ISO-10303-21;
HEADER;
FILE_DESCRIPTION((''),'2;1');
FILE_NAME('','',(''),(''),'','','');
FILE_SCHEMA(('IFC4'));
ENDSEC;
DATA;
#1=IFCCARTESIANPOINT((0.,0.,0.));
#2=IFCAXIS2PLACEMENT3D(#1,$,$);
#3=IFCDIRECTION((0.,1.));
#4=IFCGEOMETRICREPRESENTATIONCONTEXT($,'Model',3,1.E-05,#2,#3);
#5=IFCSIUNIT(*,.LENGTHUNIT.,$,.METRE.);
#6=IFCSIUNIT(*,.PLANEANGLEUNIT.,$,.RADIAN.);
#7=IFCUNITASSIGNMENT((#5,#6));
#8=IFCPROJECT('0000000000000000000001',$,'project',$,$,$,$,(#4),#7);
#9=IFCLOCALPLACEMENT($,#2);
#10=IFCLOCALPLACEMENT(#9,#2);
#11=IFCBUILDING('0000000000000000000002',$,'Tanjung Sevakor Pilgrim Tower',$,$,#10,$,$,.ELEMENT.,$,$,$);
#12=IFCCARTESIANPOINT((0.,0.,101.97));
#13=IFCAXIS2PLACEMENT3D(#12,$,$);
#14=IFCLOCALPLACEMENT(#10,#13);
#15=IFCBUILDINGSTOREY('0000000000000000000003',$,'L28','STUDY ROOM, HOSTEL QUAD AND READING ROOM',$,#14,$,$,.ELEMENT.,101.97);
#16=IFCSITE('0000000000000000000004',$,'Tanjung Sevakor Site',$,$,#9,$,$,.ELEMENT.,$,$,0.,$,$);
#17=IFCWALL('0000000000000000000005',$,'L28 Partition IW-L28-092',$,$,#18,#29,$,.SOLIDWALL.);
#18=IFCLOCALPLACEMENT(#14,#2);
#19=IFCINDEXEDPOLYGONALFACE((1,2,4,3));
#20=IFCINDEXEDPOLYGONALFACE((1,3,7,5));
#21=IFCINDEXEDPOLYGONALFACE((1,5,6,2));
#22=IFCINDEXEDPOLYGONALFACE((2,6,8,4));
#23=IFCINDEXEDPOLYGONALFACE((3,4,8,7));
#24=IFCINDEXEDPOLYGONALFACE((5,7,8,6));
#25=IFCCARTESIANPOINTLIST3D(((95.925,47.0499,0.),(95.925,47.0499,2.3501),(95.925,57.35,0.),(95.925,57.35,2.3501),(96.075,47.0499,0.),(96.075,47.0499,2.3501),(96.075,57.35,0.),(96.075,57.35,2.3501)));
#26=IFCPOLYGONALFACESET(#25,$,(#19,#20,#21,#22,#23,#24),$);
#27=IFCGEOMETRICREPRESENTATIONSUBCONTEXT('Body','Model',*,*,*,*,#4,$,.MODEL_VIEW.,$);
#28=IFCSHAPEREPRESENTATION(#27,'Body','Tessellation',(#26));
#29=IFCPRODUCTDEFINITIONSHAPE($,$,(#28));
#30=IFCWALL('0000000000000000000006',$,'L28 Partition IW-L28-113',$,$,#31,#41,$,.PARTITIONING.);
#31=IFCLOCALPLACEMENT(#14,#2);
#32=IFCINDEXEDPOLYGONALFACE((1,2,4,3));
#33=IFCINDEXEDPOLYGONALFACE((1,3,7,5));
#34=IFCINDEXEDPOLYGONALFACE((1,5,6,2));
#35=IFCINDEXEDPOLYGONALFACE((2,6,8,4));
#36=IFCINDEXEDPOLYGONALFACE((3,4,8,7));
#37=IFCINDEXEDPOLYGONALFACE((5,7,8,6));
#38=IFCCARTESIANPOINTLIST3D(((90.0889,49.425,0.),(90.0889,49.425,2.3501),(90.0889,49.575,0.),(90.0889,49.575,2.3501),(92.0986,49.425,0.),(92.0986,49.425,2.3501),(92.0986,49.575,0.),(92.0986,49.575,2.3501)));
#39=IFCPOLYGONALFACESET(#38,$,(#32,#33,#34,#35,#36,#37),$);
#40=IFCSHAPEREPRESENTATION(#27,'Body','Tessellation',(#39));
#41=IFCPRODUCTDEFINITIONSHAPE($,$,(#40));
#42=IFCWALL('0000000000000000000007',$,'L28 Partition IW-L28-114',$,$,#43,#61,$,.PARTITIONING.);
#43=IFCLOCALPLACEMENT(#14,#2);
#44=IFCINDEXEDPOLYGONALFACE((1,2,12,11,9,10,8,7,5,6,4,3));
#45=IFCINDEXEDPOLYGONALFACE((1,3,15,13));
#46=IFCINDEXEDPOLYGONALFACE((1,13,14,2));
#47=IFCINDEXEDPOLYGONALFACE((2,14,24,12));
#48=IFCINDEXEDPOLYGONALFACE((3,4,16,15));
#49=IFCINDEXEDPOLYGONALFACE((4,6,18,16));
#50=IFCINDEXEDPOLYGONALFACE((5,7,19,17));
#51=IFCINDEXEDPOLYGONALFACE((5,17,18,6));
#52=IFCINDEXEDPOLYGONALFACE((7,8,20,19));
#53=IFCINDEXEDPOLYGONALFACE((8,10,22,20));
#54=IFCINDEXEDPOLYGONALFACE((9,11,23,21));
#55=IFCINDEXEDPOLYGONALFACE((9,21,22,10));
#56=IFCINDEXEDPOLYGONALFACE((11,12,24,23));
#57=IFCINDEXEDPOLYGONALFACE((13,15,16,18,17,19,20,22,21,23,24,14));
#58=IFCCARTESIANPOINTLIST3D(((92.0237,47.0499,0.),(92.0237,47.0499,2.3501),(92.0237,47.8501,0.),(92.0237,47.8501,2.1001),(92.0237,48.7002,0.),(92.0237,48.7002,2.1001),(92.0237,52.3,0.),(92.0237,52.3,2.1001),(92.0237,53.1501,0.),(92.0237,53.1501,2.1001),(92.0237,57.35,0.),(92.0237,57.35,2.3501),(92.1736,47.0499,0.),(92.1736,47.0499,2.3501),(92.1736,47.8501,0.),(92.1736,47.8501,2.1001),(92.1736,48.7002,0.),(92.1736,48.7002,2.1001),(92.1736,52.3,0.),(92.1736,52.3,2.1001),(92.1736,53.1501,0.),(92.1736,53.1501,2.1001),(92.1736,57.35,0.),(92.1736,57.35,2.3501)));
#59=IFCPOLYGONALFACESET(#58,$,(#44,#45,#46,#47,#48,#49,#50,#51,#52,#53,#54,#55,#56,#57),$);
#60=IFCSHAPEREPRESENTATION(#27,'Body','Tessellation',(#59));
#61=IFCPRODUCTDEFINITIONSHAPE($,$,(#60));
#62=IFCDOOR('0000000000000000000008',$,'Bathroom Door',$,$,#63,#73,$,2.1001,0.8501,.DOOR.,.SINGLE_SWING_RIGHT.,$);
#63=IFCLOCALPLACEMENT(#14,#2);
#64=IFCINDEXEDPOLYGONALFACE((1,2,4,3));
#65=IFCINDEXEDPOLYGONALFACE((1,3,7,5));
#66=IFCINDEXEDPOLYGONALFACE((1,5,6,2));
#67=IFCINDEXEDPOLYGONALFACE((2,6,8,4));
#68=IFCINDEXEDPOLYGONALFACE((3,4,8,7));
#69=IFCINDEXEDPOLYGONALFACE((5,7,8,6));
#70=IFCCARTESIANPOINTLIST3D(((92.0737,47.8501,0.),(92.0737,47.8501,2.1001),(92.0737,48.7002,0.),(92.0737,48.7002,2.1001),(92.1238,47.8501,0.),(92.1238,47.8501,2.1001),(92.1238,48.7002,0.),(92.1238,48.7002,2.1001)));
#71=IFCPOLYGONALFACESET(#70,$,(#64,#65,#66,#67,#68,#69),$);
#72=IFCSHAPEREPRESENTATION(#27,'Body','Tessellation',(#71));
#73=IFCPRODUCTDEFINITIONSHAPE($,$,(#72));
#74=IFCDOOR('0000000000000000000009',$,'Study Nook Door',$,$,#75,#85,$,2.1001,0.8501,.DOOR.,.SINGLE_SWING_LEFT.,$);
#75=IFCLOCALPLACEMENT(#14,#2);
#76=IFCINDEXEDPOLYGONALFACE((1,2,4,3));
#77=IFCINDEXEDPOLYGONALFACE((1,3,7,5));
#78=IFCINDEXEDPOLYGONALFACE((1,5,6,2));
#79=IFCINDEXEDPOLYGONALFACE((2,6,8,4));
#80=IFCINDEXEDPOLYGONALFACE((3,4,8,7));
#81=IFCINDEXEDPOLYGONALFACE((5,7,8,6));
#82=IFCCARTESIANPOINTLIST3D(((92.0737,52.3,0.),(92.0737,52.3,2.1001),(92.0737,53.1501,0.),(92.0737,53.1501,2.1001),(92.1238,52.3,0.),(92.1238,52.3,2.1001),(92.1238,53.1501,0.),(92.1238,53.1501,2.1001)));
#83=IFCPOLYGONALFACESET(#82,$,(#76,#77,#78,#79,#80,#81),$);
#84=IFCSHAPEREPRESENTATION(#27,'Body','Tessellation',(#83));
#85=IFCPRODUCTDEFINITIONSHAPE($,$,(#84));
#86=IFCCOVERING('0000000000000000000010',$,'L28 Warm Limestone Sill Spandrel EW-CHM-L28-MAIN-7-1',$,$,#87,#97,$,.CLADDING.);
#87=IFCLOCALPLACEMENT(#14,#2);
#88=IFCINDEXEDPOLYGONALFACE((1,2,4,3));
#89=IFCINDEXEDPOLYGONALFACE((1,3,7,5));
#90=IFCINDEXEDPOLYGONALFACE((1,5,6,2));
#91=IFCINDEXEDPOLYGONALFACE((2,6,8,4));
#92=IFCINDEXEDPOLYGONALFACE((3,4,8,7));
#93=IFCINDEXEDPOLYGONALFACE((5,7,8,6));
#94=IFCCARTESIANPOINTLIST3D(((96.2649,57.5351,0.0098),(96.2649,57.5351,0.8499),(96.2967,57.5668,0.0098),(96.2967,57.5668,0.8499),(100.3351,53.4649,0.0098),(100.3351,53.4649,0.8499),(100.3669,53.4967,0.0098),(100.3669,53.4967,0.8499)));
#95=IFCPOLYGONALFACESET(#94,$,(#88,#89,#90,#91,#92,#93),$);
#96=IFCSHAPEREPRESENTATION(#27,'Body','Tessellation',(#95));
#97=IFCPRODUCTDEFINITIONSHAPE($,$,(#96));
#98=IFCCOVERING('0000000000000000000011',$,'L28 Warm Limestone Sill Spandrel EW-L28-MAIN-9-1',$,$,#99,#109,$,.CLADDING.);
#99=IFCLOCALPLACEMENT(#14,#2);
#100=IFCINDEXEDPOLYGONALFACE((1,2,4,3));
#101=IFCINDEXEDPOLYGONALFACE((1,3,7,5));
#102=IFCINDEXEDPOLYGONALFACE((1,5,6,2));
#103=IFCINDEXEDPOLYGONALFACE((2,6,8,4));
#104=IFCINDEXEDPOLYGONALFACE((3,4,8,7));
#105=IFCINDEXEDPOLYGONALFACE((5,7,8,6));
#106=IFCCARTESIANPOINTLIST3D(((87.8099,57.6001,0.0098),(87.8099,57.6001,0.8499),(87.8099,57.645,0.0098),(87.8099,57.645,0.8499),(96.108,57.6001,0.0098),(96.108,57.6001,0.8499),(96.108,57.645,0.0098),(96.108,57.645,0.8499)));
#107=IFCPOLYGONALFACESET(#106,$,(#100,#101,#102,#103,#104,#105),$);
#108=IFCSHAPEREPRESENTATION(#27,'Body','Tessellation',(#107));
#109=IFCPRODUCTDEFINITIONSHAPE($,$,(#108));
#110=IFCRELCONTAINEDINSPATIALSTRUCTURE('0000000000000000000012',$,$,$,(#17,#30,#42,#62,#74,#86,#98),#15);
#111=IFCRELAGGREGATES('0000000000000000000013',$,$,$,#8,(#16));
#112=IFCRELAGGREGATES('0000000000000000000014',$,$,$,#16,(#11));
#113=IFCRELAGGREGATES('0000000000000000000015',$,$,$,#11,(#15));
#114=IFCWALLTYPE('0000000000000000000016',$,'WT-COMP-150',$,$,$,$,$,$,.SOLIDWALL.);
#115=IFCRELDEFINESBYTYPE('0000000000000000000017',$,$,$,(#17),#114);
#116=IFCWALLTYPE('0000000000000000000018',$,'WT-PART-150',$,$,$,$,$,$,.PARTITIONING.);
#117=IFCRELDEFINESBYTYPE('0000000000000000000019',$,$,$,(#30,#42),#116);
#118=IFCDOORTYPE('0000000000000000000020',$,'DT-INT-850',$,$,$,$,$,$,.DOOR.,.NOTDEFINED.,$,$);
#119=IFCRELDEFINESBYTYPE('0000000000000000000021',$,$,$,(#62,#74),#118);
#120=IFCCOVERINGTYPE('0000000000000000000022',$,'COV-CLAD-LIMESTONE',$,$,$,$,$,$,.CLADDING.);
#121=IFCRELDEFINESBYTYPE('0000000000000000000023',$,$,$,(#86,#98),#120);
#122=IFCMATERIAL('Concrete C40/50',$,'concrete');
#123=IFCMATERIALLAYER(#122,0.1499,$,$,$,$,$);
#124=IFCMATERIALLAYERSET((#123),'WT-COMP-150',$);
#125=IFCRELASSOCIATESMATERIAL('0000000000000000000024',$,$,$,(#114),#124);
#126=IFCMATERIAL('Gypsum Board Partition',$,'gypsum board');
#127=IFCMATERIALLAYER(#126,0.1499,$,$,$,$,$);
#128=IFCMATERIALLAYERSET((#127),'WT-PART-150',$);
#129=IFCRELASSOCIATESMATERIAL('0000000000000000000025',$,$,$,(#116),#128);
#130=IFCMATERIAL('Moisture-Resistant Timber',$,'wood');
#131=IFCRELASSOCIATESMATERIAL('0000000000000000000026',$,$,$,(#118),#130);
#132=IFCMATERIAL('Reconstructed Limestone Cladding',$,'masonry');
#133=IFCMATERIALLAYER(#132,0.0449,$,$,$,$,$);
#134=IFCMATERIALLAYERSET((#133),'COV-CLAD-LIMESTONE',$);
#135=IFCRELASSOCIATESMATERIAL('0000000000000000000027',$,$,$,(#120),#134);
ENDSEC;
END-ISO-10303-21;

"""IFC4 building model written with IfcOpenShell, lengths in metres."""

from ifc_helpers import new_model, si_unit, direction, frame, frame_2d, origin, origin_2d, place, context, subcontext, project, spatial, rectangle, extrude, material, layer, layer_set, type_object, element, fill, save


model = new_model("IFC4")

# Units and contexts
model_context = context("Model", 3, precision=1e-05, world=origin(), true_north=direction((0.0, 1.0)))
body_context = subcontext(model_context, "Body", "Model", "MODEL_VIEW")
ifc_project = project(units=[si_unit("LENGTHUNIT", "METRE"), si_unit("PLANEANGLEUNIT", "RADIAN")], contexts=[model_context])

# Site, building, storey
site_placement = place(None, origin())
site = spatial("IfcSite", under=ifc_project, at=site_placement, Name="Tanjung Sevakor Site", CompositionType="ELEMENT", RefElevation=0.0)
building_placement = place(site_placement, origin())
building = spatial("IfcBuilding", under=site, at=building_placement, Name="Tanjung Sevakor Pilgrim Tower", CompositionType="ELEMENT")
storey_placement = place(building_placement, frame((0.0, 0.0, 101.97)))
storey = spatial("IfcBuildingStorey", under=building, at=storey_placement, Name="L28", Description="STUDY ROOM, HOSTEL QUAD AND READING ROOM", CompositionType="ELEMENT", Elevation=101.97)

# Wall
ifc_material_1 = material(Name="Concrete C40/50", Category="concrete")
ifc_layer_1 = layer(ifc_material_1, 0.1499)
ifc_layer_set_1 = layer_set([ifc_layer_1], Name="WT-COMP-150")
wall_type_1 = type_object("IfcWallType", Name="WT-COMP-150", PredefinedType="SOLIDWALL", material=ifc_layer_set_1)
wall_1_placement = place(storey_placement, frame((96.0, 47.05, 0.0), z_axis=(0.0, 0.0, 1.0), x_axis=(0.0, 1.0, 0.0)))
element("IfcWall", 1, at=wall_1_placement, inside=storey, type_object=wall_type_1, Name="L28 Partition IW-L28-092", PredefinedType="SOLIDWALL", context=body_context, shape_type="SweptSolid", body=[
    extrude(rectangle(XDim=10.3, YDim=0.1499, at=frame_2d((5.1499, 0.0))), origin(), (0.0, 0.0, 1.0), 2.3501),
])

# Wall
ifc_material_2 = material(Name="Gypsum Board Partition", Category="gypsum board")
ifc_layer_2 = layer(ifc_material_2, 0.1499)
ifc_layer_set_2 = layer_set([ifc_layer_2], Name="WT-PART-150")
wall_type_2 = type_object("IfcWallType", Name="WT-PART-150", PredefinedType="PARTITIONING", material=ifc_layer_set_2)
wall_2_placement = place(storey_placement, frame((90.0889, 49.5, 0.0), z_axis=(0.0, 0.0, 1.0), x_axis=(1.0, 0.0, 0.0)))
element("IfcWall", 2, at=wall_2_placement, inside=storey, type_object=wall_type_2, Name="L28 Partition IW-L28-113", PredefinedType="PARTITIONING", context=body_context, shape_type="SweptSolid", body=[
    extrude(rectangle(XDim=2.0098, YDim=0.1499, at=frame_2d((1.0049, 0.0))), origin(), (0.0, 0.0, 1.0), 2.3501),
])

# Wall, openings, doors
wall_3_placement = place(storey_placement, frame((92.0986, 47.05, 0.0), z_axis=(0.0, 0.0, 1.0), x_axis=(0.0, 1.0, 0.0)))
wall_3 = element("IfcWall", 3, at=wall_3_placement, inside=storey, type_object=wall_type_2, Name="L28 Partition IW-L28-114", PredefinedType="PARTITIONING", context=body_context, shape_type="SweptSolid", body=[
    extrude(rectangle(XDim=10.3, YDim=0.1499, at=frame_2d((5.1499, 0.0))), origin(), (0.0, 0.0, 1.0), 2.3501),
])
opening_1_placement = place(wall_3_placement, frame((0.8, 0.0, 0.0)))
opening_1 = element("IfcOpeningElement", 4, at=opening_1_placement, cuts=wall_3, PredefinedType="OPENING", context=body_context, shape_type="SweptSolid", body=[
    extrude(rectangle(XDim=0.8501, YDim=2.1001, at=frame_2d((0.425, 1.05))), frame((0.0, 0.085, 0.0), z_axis=(0.0, -1.0, 0.0), x_axis=(1.0, 0.0, 0.0)), (0.0, 0.0, 1.0), 0.1699),
])
opening_2_placement = place(wall_3_placement, frame((5.25, 0.0, 0.0)))
opening_2 = element("IfcOpeningElement", 5, at=opening_2_placement, cuts=wall_3, PredefinedType="OPENING", context=body_context, shape_type="SweptSolid", body=[
    extrude(rectangle(XDim=0.8501, YDim=2.1001, at=frame_2d((0.425, 1.05))), frame((0.0, 0.085, 0.0), z_axis=(0.0, -1.0, 0.0), x_axis=(1.0, 0.0, 0.0)), (0.0, 0.0, 1.0), 0.1699),
])
ifc_material_3 = material(Name="Moisture-Resistant Timber", Category="wood")
door_type_1 = type_object("IfcDoorType", Name="DT-INT-850", OperationType="NOTDEFINED", PredefinedType="DOOR", material=ifc_material_3)
door_1_placement = place(opening_1_placement, origin())
door_1 = element("IfcDoor", 6, at=door_1_placement, inside=storey, type_object=door_type_1, Name="Bathroom Door", OperationType="SINGLE_SWING_RIGHT", OverallHeight=2.1001, OverallWidth=0.8501, PredefinedType="DOOR", context=body_context, shape_type="SweptSolid", body=[
    extrude(rectangle(XDim=0.8501, YDim=2.1001, at=frame_2d((0.425, 1.05))), frame((0.0, 0.0249, 0.0), z_axis=(0.0, -1.0, 0.0), x_axis=(1.0, 0.0, 0.0)), (0.0, 0.0, 1.0), 0.05),
])
fill(opening_1, door_1)
door_2_placement = place(opening_2_placement, origin())
door_2 = element("IfcDoor", 7, at=door_2_placement, inside=storey, type_object=door_type_1, Name="Study Nook Door", OperationType="SINGLE_SWING_LEFT", OverallHeight=2.1001, OverallWidth=0.8501, PredefinedType="DOOR", context=body_context, shape_type="SweptSolid", body=[
    extrude(rectangle(XDim=0.8501, YDim=2.1001, at=frame_2d((0.425, 1.05))), frame((0.0, 0.0249, 0.0), z_axis=(0.0, -1.0, 0.0), x_axis=(1.0, 0.0, 0.0)), (0.0, 0.0, 1.0), 0.05),
])
fill(opening_2, door_2)

# Coverings
ifc_material_4 = material(Name="Reconstructed Limestone Cladding", Category="masonry")
ifc_layer_3 = layer(ifc_material_4, 0.0449)
ifc_layer_set_3 = layer_set([ifc_layer_3], Name="COV-CLAD-LIMESTONE")
covering_type = type_object("IfcCoveringType", Name="COV-CLAD-LIMESTONE", PredefinedType="CLADDING", material=ifc_layer_set_3)
covering_1_placement = place(storey_placement, frame((98.3159, 55.5159, 0.0098), z_axis=(0.0, 0.0, 1.0), x_axis=(-0.707107, 0.707107, 0.0)))
element("IfcCovering", 8, at=covering_1_placement, inside=storey, type_object=covering_type, Name="L28 Warm Limestone Sill Spandrel EW-CHM-L28-MAIN-7-1", PredefinedType="CLADDING", context=body_context, shape_type="SweptSolid", body=[
    extrude(rectangle(XDim=5.7561, YDim=0.0449, at=origin_2d()), origin(), (0.0, 0.0, 1.0), 0.8401),
])
covering_2_placement = place(storey_placement, frame((91.959, 57.6226, 0.0098), z_axis=(0.0, 0.0, 1.0), x_axis=(-1.0, 0.0, 0.0)))
element("IfcCovering", 9, at=covering_2_placement, inside=storey, type_object=covering_type, Name="L28 Warm Limestone Sill Spandrel EW-L28-MAIN-9-1", PredefinedType="CLADDING", context=body_context, shape_type="SweptSolid", body=[
    extrude(rectangle(XDim=8.2981, YDim=0.0449, at=origin_2d()), origin(), (0.0, 0.0, 1.0), 0.8401),
])

save(model, "model.ifc")
